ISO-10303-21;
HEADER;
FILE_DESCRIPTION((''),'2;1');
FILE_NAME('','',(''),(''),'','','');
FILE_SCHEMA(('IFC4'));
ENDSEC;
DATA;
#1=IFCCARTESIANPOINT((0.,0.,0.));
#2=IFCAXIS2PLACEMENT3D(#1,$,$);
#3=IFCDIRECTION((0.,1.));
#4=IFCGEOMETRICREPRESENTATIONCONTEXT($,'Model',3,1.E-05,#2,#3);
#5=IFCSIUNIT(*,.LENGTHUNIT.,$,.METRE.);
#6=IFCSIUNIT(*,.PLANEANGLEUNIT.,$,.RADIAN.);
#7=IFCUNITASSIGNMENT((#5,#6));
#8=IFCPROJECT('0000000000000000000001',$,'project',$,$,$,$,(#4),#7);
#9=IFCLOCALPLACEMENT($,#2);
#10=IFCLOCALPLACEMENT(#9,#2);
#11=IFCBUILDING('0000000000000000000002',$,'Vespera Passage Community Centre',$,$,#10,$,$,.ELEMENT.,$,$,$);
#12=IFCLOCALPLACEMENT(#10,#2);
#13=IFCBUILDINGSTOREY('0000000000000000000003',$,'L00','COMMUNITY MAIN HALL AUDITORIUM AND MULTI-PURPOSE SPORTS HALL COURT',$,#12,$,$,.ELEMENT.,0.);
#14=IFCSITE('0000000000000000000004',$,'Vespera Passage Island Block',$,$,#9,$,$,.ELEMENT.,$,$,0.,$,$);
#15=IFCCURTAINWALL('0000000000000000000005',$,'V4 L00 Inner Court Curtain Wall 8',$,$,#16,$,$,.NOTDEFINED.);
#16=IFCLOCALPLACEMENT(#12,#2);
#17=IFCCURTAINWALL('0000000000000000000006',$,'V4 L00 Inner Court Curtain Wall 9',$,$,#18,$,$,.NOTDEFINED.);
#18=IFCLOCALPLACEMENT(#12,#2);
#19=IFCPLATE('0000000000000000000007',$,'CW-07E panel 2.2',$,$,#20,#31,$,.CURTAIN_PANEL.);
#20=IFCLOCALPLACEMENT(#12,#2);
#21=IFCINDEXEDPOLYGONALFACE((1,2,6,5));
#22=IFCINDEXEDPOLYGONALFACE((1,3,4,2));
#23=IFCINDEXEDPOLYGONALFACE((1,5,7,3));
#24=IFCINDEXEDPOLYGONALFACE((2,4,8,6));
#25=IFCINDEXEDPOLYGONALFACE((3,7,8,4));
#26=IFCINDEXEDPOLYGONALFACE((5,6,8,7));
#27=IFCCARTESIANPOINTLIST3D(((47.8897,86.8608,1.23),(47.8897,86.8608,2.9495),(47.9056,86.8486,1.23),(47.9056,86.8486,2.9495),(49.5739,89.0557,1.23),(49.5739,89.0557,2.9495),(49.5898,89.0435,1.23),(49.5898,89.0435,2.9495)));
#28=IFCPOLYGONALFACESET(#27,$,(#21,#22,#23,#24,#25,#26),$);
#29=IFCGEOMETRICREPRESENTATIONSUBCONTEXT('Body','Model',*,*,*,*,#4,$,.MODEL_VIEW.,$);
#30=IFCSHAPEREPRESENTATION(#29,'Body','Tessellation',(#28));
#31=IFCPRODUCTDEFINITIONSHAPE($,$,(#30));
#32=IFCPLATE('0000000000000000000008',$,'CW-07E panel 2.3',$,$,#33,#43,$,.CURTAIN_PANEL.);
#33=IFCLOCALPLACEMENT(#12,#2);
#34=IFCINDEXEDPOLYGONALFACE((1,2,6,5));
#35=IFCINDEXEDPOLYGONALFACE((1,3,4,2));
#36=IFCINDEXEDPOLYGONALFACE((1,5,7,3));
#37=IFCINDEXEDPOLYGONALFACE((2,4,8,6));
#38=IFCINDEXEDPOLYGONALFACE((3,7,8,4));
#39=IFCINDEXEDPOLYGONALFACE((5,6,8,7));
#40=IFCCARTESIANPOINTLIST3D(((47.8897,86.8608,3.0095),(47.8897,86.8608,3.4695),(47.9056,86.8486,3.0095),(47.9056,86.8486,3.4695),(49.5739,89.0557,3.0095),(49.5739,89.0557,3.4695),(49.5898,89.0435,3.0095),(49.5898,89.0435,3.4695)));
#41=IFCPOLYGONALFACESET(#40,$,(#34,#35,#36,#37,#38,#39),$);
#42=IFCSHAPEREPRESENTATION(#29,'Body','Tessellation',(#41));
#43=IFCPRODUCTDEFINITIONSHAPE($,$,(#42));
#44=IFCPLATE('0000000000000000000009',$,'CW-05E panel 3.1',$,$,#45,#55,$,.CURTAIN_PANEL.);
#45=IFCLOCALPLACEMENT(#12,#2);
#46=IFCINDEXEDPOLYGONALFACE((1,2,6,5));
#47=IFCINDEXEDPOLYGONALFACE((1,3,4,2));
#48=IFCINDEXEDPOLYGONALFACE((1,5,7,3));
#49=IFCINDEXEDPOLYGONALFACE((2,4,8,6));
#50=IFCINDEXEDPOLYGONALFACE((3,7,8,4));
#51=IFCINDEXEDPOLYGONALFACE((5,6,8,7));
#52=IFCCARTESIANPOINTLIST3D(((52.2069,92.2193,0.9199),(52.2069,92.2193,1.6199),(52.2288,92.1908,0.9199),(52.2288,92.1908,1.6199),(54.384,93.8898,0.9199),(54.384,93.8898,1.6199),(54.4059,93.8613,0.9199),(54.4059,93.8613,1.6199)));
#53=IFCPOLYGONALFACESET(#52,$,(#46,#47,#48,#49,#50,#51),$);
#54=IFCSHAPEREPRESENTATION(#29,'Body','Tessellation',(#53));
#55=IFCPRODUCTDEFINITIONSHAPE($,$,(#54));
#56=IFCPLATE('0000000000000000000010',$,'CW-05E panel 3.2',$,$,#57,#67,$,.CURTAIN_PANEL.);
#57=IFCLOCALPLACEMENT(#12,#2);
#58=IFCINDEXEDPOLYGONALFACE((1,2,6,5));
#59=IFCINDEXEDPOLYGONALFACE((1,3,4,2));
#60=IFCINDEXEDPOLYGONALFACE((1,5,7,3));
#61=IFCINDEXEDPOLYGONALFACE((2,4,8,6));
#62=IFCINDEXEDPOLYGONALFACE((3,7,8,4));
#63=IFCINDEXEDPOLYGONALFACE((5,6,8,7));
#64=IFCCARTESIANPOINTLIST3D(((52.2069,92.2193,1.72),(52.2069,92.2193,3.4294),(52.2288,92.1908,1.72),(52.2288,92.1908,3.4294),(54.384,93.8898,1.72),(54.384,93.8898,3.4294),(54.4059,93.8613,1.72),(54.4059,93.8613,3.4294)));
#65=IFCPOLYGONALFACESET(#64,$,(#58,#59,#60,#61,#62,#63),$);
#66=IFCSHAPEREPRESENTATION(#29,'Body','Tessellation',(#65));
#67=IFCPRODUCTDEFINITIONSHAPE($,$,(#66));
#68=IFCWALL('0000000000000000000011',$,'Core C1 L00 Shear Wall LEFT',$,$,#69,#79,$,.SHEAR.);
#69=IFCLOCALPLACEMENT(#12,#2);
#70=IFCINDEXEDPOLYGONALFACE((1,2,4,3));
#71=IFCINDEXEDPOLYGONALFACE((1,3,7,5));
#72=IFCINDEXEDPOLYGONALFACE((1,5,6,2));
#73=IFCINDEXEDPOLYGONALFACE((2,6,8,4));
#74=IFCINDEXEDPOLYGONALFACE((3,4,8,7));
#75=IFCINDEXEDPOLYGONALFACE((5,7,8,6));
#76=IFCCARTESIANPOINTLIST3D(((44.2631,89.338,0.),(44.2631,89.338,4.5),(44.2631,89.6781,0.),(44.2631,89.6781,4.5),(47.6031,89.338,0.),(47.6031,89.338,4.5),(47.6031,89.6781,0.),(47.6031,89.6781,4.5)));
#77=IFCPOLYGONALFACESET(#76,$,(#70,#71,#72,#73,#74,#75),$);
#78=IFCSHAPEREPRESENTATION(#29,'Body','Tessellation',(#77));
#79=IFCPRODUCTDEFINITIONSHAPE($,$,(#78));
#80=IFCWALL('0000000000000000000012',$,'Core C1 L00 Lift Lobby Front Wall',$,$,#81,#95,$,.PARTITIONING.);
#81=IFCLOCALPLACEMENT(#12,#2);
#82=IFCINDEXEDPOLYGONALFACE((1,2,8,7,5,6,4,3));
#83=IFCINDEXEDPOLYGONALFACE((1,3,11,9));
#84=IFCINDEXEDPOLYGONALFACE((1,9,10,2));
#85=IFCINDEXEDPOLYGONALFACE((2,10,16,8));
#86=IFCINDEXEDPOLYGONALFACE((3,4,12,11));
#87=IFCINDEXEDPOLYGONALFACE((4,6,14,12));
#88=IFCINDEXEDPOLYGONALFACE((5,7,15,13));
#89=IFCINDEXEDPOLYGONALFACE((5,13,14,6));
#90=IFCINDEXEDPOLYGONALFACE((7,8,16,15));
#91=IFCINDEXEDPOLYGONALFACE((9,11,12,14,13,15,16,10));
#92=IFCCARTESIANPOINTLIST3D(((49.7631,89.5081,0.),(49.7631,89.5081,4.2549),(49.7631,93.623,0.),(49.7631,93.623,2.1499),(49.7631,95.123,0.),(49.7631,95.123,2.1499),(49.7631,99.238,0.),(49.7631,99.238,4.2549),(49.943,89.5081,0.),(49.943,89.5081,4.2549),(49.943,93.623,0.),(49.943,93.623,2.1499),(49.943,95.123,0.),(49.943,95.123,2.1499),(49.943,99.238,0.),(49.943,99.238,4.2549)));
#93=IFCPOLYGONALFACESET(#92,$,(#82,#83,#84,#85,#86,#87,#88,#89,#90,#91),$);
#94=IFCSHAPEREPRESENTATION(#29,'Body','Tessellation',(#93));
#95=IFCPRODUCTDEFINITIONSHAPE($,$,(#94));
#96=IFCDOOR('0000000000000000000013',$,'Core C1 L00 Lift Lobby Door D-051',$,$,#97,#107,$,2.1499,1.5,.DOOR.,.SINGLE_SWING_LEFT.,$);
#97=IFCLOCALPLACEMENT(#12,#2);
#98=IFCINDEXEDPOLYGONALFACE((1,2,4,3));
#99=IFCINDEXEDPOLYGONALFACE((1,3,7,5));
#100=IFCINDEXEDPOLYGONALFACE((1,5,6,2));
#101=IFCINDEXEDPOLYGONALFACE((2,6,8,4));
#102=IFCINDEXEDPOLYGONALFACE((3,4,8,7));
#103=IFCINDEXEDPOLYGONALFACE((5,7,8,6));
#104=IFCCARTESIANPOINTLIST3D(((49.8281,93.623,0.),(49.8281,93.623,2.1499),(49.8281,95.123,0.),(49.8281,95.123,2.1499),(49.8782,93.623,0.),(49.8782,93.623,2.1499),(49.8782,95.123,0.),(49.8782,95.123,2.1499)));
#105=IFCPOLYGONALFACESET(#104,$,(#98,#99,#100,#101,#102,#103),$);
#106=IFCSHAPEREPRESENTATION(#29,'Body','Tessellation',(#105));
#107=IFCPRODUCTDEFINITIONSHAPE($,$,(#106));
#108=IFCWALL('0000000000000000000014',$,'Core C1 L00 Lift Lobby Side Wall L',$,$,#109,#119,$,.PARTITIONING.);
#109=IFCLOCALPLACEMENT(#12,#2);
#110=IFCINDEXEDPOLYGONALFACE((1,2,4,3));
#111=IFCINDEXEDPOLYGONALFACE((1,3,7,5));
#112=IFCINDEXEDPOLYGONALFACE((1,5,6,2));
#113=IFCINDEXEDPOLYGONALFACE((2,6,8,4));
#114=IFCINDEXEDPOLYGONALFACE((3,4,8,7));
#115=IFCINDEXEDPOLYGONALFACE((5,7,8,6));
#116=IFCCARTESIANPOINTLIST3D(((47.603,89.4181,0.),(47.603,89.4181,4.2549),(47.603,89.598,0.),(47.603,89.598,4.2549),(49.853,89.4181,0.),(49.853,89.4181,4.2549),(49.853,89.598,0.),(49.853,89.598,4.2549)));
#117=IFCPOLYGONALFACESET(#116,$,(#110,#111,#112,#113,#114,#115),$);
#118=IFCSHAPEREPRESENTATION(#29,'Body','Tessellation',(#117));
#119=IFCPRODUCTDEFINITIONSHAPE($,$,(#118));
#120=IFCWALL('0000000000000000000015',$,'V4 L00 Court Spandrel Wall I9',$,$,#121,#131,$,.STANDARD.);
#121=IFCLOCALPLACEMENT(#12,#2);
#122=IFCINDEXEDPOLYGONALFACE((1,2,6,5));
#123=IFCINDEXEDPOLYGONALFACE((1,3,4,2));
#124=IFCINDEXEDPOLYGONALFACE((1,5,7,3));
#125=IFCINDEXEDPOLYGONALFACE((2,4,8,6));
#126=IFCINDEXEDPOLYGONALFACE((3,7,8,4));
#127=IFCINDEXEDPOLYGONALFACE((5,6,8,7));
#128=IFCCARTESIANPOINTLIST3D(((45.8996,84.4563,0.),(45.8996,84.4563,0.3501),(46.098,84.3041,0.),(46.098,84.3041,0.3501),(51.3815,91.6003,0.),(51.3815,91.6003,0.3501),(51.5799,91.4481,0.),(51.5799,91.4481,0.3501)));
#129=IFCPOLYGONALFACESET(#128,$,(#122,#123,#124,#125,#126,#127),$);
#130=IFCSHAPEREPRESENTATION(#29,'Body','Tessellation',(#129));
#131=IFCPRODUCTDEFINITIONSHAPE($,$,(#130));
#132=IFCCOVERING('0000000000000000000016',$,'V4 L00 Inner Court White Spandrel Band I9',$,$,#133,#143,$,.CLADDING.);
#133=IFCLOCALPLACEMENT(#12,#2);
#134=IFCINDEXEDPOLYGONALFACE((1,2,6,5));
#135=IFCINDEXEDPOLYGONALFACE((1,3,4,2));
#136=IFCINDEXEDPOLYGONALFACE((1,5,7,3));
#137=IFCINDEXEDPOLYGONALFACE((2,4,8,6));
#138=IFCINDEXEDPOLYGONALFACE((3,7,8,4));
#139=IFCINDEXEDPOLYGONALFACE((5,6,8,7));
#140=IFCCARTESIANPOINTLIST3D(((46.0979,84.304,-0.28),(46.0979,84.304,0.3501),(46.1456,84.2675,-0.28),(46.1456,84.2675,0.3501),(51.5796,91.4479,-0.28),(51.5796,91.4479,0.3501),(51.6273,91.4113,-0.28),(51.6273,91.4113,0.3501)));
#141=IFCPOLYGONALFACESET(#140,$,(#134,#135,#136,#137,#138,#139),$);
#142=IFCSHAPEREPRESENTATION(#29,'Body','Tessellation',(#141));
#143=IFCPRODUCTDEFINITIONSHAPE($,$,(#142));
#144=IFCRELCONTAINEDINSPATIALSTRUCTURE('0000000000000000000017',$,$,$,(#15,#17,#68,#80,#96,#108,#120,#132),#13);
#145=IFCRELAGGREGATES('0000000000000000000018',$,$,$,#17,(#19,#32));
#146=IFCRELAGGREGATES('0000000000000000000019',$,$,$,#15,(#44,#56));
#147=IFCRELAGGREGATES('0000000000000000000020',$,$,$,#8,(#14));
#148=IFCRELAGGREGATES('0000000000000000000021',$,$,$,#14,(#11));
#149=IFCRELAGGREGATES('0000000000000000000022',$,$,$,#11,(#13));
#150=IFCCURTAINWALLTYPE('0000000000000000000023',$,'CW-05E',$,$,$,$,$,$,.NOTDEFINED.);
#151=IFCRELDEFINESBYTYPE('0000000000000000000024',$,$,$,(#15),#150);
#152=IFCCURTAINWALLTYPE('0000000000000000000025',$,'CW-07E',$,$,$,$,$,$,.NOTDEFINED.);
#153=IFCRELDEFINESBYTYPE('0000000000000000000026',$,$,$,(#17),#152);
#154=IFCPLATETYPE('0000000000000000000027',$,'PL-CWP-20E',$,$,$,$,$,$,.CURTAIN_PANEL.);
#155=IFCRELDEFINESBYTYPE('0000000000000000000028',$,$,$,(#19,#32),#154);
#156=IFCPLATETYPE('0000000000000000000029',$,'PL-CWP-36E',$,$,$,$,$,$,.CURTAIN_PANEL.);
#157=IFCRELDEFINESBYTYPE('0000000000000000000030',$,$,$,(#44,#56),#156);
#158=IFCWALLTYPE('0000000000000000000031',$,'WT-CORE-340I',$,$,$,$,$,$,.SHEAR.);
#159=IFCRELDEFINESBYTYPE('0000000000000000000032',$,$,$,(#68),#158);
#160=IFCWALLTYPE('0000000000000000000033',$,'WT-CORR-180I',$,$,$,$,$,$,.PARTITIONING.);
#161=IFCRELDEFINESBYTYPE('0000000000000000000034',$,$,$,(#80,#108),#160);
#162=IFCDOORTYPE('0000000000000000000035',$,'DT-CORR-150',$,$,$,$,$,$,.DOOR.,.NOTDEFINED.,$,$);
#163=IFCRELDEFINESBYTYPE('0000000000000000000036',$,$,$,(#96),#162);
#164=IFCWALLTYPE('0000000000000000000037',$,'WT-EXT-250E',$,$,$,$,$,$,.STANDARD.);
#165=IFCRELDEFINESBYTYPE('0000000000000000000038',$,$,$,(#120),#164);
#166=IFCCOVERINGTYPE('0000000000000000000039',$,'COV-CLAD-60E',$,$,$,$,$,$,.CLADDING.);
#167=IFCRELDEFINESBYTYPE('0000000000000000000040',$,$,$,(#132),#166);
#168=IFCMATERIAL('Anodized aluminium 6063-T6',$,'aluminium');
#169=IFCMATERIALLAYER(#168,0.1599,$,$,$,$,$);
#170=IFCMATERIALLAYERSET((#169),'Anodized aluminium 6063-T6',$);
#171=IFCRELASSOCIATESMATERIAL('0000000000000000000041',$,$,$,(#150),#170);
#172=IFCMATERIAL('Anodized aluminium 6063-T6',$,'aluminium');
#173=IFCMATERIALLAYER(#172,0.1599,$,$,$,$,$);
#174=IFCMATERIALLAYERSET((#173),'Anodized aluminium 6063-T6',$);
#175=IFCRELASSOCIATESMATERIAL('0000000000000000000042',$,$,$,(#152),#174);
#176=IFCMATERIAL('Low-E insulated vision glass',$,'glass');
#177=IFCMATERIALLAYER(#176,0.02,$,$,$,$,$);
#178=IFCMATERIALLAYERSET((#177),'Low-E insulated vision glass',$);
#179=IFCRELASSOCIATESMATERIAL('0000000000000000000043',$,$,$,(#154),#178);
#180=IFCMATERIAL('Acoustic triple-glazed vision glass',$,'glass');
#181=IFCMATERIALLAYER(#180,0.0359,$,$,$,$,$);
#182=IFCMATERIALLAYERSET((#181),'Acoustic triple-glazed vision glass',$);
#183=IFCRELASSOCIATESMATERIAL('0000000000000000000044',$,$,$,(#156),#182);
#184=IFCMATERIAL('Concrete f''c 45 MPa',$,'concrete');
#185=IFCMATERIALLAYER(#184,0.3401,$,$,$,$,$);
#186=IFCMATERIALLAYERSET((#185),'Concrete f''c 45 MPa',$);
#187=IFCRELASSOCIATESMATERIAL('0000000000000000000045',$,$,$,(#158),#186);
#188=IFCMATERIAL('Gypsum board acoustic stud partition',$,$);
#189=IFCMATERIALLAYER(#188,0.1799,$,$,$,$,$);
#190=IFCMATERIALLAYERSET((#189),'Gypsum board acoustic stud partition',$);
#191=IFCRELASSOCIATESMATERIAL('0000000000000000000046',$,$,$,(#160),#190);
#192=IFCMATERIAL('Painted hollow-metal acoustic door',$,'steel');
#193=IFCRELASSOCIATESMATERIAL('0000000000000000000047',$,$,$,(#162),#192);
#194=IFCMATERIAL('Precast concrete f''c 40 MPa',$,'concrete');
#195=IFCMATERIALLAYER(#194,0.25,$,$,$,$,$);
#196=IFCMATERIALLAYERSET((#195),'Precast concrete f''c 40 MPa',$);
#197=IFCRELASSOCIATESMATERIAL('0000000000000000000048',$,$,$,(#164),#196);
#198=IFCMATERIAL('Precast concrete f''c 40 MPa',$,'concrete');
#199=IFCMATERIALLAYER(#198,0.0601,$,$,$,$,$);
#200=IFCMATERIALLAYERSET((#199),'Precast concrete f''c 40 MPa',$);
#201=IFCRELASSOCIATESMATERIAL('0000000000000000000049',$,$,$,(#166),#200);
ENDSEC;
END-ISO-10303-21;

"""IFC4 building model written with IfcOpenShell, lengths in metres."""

from ifc_helpers import new_model, si_unit, direction, frame, frame_2d, origin, origin_2d, place, context, subcontext, project, spatial, rectangle, extrude, material, layer, layer_set, type_object, element, fill, aggregate, save


model = new_model("IFC4")

# Units and contexts
model_context = context("Model", 3, precision=1e-05, world=origin(), true_north=direction((0.0, 1.0)))
body_context = subcontext(model_context, "Body", "Model", "MODEL_VIEW")
ifc_project = project(units=[si_unit("LENGTHUNIT", "METRE"), si_unit("PLANEANGLEUNIT", "RADIAN")], contexts=[model_context])

# Site, building, storey
site_placement = place(None, origin())
site = spatial("IfcSite", under=ifc_project, at=site_placement, Name="Vespera Passage Island Block", CompositionType="ELEMENT", RefElevation=0.0)
building_placement = place(site_placement, origin())
building = spatial("IfcBuilding", under=site, at=building_placement, Name="Vespera Passage Community Centre", CompositionType="ELEMENT")
storey_placement = place(building_placement, origin())
storey = spatial("IfcBuildingStorey", under=building, at=storey_placement, Name="L00", Description="COMMUNITY MAIN HALL AUDITORIUM AND MULTI-PURPOSE SPORTS HALL COURT", CompositionType="ELEMENT", Elevation=0.0)

# Curtain wall
ifc_material_1 = material(Name="Anodized aluminium 6063-T6", Category="aluminium")
ifc_layer_1 = layer(ifc_material_1, 0.1599)
ifc_layer_set_1 = layer_set([ifc_layer_1], Name="Anodized aluminium 6063-T6")
curtain_wall_type_1 = type_object("IfcCurtainWallType", Name="CW-05E", PredefinedType="NOTDEFINED", material=ifc_layer_set_1)
curtain_wall_1_placement = place(storey_placement, origin())
curtain_wall_1 = element("IfcCurtainWall", 1, at=curtain_wall_1_placement, inside=storey, type_object=curtain_wall_type_1, Name="V4 L00 Inner Court Curtain Wall 8", PredefinedType="NOTDEFINED")

# Curtain wall, plates
ifc_material_2 = material(Name="Anodized aluminium 6063-T6", Category="aluminium")
ifc_layer_2 = layer(ifc_material_2, 0.1599)
ifc_layer_set_2 = layer_set([ifc_layer_2], Name="Anodized aluminium 6063-T6")
curtain_wall_type_2 = type_object("IfcCurtainWallType", Name="CW-07E", PredefinedType="NOTDEFINED", material=ifc_layer_set_2)
curtain_wall_2_placement = place(storey_placement, origin())
curtain_wall_2 = element("IfcCurtainWall", 2, at=curtain_wall_2_placement, inside=storey, type_object=curtain_wall_type_2, Name="V4 L00 Inner Court Curtain Wall 9", PredefinedType="NOTDEFINED")
ifc_material_3 = material(Name="Low-E insulated vision glass", Category="glass")
ifc_layer_3 = layer(ifc_material_3, 0.02)
ifc_layer_set_3 = layer_set([ifc_layer_3], Name="Low-E insulated vision glass")
plate_type_1 = type_object("IfcPlateType", Name="PL-CWP-20E", PredefinedType="CURTAIN_PANEL", material=ifc_layer_set_3)
plate_1_placement = place(storey_placement, frame((48.7397, 87.9521, 1.23), z_axis=(0.0, 0.0, 1.0), x_axis=(-0.608755, -0.793358, 0.0)))
plate_1 = element("IfcPlate", 3, at=plate_1_placement, type_object=plate_type_1, Name="CW-07E panel 2.2", PredefinedType="CURTAIN_PANEL", context=body_context, shape_type="SweptSolid", body=[
    extrude(rectangle(XDim=2.7666, YDim=0.02, at=origin_2d()), origin(), (0.0, 0.0, 1.0), 1.7195),
])
plate_2_placement = place(storey_placement, frame((48.7397, 87.9521, 3.0095), z_axis=(0.0, 0.0, 1.0), x_axis=(-0.608755, -0.793358, 0.0)))
plate_2 = element("IfcPlate", 4, at=plate_2_placement, type_object=plate_type_1, Name="CW-07E panel 2.3", PredefinedType="CURTAIN_PANEL", context=body_context, shape_type="SweptSolid", body=[
    extrude(rectangle(XDim=2.7666, YDim=0.02, at=origin_2d()), origin(), (0.0, 0.0, 1.0), 0.46),
])
aggregate(curtain_wall_2, [plate_1, plate_2])

# Plates
ifc_material_4 = material(Name="Acoustic triple-glazed vision glass", Category="glass")
ifc_layer_4 = layer(ifc_material_4, 0.0359)
ifc_layer_set_4 = layer_set([ifc_layer_4], Name="Acoustic triple-glazed vision glass")
plate_type_2 = type_object("IfcPlateType", Name="PL-CWP-36E", PredefinedType="CURTAIN_PANEL", material=ifc_layer_set_4)
plate_3_placement = place(storey_placement, frame((53.3064, 93.0403, 0.9199), z_axis=(0.0, 0.0, 1.0), x_axis=(-0.793358, -0.608755, 0.0)))
plate_3 = element("IfcPlate", 5, at=plate_3_placement, type_object=plate_type_2, Name="CW-05E panel 3.1", PredefinedType="CURTAIN_PANEL", context=body_context, shape_type="SweptSolid", body=[
    extrude(rectangle(XDim=2.7441, YDim=0.0359, at=origin_2d()), origin(), (0.0, 0.0, 1.0), 0.7),
])
plate_4_placement = place(storey_placement, frame((53.3064, 93.0403, 1.72), z_axis=(0.0, 0.0, 1.0), x_axis=(-0.793358, -0.608755, 0.0)))
plate_4 = element("IfcPlate", 6, at=plate_4_placement, type_object=plate_type_2, Name="CW-05E panel 3.2", PredefinedType="CURTAIN_PANEL", context=body_context, shape_type="SweptSolid", body=[
    extrude(rectangle(XDim=2.7441, YDim=0.0359, at=origin_2d()), origin(), (0.0, 0.0, 1.0), 1.7095),
])
aggregate(curtain_wall_1, [plate_3, plate_4])

# Wall
ifc_material_5 = material(Name="Concrete f'c 45 MPa", Category="concrete")
ifc_layer_5 = layer(ifc_material_5, 0.3401)
ifc_layer_set_5 = layer_set([ifc_layer_5], Name="Concrete f'c 45 MPa")
wall_type_1 = type_object("IfcWallType", Name="WT-CORE-340I", PredefinedType="SHEAR", material=ifc_layer_set_5)
wall_1_placement = place(storey_placement, frame((47.603, 89.5081, 0.0), z_axis=(0.0, 0.0, 1.0), x_axis=(-1.0, 0.0, 0.0)))
element("IfcWall", 7, at=wall_1_placement, inside=storey, type_object=wall_type_1, Name="Core C1 L00 Shear Wall LEFT", PredefinedType="SHEAR", context=body_context, shape_type="SweptSolid", body=[
    extrude(rectangle(XDim=3.3401, YDim=0.3401, at=frame_2d((1.6699, 0.0))), origin(), (0.0, 0.0, 1.0), 4.5),
])

# Wall, opening, door
ifc_material_6 = material(Name="Gypsum board acoustic stud partition")
ifc_layer_6 = layer(ifc_material_6, 0.1799)
ifc_layer_set_6 = layer_set([ifc_layer_6], Name="Gypsum board acoustic stud partition")
wall_type_2 = type_object("IfcWallType", Name="WT-CORR-180I", PredefinedType="PARTITIONING", material=ifc_layer_set_6)
wall_2_placement = place(storey_placement, frame((49.853, 89.5081, 0.0), z_axis=(0.0, 0.0, 1.0), x_axis=(0.0, 1.0, 0.0)))
wall_2 = element("IfcWall", 8, at=wall_2_placement, inside=storey, type_object=wall_type_2, Name="Core C1 L00 Lift Lobby Front Wall", PredefinedType="PARTITIONING", context=body_context, shape_type="SweptSolid", body=[
    extrude(rectangle(XDim=9.73, YDim=0.1799, at=frame_2d((4.865, 0.0))), origin(), (0.0, 0.0, 1.0), 4.2549),
])
opening_placement = place(wall_2_placement, frame((4.115, 0.0, 0.0)))
opening = element("IfcOpeningElement", 9, at=opening_placement, cuts=wall_2, PredefinedType="OPENING", context=body_context, shape_type="SweptSolid", body=[
    extrude(rectangle(XDim=1.5, YDim=2.1499, at=frame_2d((0.75, 1.075))), frame((0.0, 0.0999, 0.0), z_axis=(0.0, -1.0, 0.0), x_axis=(1.0, 0.0, 0.0)), (0.0, 0.0, 1.0), 0.2),
])
ifc_material_7 = material(Name="Painted hollow-metal acoustic door", Category="steel")
door_type = type_object("IfcDoorType", Name="DT-CORR-150", OperationType="NOTDEFINED", PredefinedType="DOOR", material=ifc_material_7)
door_placement = place(opening_placement, origin())
door = element("IfcDoor", 10, at=door_placement, inside=storey, type_object=door_type, Name="Core C1 L00 Lift Lobby Door D-051", OperationType="SINGLE_SWING_LEFT", OverallHeight=2.1499, OverallWidth=1.5, PredefinedType="DOOR", context=body_context, shape_type="SweptSolid", body=[
    extrude(rectangle(XDim=1.5, YDim=2.1499, at=frame_2d((0.75, 1.075))), frame((0.0, 0.0249, 0.0), z_axis=(0.0, -1.0, 0.0), x_axis=(1.0, 0.0, 0.0)), (0.0, 0.0, 1.0), 0.05),
])
fill(opening, door)

# Walls
wall_3_placement = place(storey_placement, frame((47.603, 89.5081, 0.0), z_axis=(0.0, 0.0, 1.0), x_axis=(1.0, 0.0, 0.0)))
element("IfcWall", 11, at=wall_3_placement, inside=storey, type_object=wall_type_2, Name="Core C1 L00 Lift Lobby Side Wall L", PredefinedType="PARTITIONING", context=body_context, shape_type="SweptSolid", body=[
    extrude(rectangle(XDim=2.25, YDim=0.1799, at=frame_2d((1.125, 0.0))), origin(), (0.0, 0.0, 1.0), 4.2549),
])
ifc_material_8 = material(Name="Precast concrete f'c 40 MPa", Category="concrete")
ifc_layer_7 = layer(ifc_material_8, 0.25)
ifc_layer_set_7 = layer_set([ifc_layer_7], Name="Precast concrete f'c 40 MPa")
wall_type_3 = type_object("IfcWallType", Name="WT-EXT-250E", PredefinedType="STANDARD", material=ifc_layer_set_7)
wall_4_placement = place(storey_placement, frame((51.4807, 91.5242, 0.0), z_axis=(0.0, 0.0, 1.0), x_axis=(-0.60877, -0.793347, 0.0)))
element("IfcWall", 12, at=wall_4_placement, inside=storey, type_object=wall_type_3, Name="V4 L00 Court Spandrel Wall I9", PredefinedType="STANDARD", context=body_context, shape_type="SweptSolid", body=[
    extrude(rectangle(XDim=9.0049, YDim=0.25, at=frame_2d((4.5024, 0.0))), origin(), (0.0, 0.0, 1.0), 0.3501),
])

# Covering
ifc_material_9 = material(Name="Precast concrete f'c 40 MPa", Category="concrete")
ifc_layer_8 = layer(ifc_material_9, 0.0601)
ifc_layer_set_8 = layer_set([ifc_layer_8], Name="Precast concrete f'c 40 MPa")
covering_type = type_object("IfcCoveringType", Name="COV-CLAD-60E", PredefinedType="CLADDING", material=ifc_layer_set_8)
covering_placement = place(storey_placement, frame((51.6035, 91.4297, -0.28), z_axis=(0.0, 0.0, 1.0), x_axis=(-0.608766, -0.79335, 0.0)))
element("IfcCovering", 13, at=covering_placement, inside=storey, type_object=covering_type, Name="V4 L00 Inner Court White Spandrel Band I9", PredefinedType="CLADDING", context=body_context, shape_type="SweptSolid", body=[
    extrude(rectangle(XDim=9.0046, YDim=0.0601, at=frame_2d((4.5024, 0.0))), origin(), (0.0, 0.0, 1.0), 0.6301),
])

save(model, "model.ifc")
